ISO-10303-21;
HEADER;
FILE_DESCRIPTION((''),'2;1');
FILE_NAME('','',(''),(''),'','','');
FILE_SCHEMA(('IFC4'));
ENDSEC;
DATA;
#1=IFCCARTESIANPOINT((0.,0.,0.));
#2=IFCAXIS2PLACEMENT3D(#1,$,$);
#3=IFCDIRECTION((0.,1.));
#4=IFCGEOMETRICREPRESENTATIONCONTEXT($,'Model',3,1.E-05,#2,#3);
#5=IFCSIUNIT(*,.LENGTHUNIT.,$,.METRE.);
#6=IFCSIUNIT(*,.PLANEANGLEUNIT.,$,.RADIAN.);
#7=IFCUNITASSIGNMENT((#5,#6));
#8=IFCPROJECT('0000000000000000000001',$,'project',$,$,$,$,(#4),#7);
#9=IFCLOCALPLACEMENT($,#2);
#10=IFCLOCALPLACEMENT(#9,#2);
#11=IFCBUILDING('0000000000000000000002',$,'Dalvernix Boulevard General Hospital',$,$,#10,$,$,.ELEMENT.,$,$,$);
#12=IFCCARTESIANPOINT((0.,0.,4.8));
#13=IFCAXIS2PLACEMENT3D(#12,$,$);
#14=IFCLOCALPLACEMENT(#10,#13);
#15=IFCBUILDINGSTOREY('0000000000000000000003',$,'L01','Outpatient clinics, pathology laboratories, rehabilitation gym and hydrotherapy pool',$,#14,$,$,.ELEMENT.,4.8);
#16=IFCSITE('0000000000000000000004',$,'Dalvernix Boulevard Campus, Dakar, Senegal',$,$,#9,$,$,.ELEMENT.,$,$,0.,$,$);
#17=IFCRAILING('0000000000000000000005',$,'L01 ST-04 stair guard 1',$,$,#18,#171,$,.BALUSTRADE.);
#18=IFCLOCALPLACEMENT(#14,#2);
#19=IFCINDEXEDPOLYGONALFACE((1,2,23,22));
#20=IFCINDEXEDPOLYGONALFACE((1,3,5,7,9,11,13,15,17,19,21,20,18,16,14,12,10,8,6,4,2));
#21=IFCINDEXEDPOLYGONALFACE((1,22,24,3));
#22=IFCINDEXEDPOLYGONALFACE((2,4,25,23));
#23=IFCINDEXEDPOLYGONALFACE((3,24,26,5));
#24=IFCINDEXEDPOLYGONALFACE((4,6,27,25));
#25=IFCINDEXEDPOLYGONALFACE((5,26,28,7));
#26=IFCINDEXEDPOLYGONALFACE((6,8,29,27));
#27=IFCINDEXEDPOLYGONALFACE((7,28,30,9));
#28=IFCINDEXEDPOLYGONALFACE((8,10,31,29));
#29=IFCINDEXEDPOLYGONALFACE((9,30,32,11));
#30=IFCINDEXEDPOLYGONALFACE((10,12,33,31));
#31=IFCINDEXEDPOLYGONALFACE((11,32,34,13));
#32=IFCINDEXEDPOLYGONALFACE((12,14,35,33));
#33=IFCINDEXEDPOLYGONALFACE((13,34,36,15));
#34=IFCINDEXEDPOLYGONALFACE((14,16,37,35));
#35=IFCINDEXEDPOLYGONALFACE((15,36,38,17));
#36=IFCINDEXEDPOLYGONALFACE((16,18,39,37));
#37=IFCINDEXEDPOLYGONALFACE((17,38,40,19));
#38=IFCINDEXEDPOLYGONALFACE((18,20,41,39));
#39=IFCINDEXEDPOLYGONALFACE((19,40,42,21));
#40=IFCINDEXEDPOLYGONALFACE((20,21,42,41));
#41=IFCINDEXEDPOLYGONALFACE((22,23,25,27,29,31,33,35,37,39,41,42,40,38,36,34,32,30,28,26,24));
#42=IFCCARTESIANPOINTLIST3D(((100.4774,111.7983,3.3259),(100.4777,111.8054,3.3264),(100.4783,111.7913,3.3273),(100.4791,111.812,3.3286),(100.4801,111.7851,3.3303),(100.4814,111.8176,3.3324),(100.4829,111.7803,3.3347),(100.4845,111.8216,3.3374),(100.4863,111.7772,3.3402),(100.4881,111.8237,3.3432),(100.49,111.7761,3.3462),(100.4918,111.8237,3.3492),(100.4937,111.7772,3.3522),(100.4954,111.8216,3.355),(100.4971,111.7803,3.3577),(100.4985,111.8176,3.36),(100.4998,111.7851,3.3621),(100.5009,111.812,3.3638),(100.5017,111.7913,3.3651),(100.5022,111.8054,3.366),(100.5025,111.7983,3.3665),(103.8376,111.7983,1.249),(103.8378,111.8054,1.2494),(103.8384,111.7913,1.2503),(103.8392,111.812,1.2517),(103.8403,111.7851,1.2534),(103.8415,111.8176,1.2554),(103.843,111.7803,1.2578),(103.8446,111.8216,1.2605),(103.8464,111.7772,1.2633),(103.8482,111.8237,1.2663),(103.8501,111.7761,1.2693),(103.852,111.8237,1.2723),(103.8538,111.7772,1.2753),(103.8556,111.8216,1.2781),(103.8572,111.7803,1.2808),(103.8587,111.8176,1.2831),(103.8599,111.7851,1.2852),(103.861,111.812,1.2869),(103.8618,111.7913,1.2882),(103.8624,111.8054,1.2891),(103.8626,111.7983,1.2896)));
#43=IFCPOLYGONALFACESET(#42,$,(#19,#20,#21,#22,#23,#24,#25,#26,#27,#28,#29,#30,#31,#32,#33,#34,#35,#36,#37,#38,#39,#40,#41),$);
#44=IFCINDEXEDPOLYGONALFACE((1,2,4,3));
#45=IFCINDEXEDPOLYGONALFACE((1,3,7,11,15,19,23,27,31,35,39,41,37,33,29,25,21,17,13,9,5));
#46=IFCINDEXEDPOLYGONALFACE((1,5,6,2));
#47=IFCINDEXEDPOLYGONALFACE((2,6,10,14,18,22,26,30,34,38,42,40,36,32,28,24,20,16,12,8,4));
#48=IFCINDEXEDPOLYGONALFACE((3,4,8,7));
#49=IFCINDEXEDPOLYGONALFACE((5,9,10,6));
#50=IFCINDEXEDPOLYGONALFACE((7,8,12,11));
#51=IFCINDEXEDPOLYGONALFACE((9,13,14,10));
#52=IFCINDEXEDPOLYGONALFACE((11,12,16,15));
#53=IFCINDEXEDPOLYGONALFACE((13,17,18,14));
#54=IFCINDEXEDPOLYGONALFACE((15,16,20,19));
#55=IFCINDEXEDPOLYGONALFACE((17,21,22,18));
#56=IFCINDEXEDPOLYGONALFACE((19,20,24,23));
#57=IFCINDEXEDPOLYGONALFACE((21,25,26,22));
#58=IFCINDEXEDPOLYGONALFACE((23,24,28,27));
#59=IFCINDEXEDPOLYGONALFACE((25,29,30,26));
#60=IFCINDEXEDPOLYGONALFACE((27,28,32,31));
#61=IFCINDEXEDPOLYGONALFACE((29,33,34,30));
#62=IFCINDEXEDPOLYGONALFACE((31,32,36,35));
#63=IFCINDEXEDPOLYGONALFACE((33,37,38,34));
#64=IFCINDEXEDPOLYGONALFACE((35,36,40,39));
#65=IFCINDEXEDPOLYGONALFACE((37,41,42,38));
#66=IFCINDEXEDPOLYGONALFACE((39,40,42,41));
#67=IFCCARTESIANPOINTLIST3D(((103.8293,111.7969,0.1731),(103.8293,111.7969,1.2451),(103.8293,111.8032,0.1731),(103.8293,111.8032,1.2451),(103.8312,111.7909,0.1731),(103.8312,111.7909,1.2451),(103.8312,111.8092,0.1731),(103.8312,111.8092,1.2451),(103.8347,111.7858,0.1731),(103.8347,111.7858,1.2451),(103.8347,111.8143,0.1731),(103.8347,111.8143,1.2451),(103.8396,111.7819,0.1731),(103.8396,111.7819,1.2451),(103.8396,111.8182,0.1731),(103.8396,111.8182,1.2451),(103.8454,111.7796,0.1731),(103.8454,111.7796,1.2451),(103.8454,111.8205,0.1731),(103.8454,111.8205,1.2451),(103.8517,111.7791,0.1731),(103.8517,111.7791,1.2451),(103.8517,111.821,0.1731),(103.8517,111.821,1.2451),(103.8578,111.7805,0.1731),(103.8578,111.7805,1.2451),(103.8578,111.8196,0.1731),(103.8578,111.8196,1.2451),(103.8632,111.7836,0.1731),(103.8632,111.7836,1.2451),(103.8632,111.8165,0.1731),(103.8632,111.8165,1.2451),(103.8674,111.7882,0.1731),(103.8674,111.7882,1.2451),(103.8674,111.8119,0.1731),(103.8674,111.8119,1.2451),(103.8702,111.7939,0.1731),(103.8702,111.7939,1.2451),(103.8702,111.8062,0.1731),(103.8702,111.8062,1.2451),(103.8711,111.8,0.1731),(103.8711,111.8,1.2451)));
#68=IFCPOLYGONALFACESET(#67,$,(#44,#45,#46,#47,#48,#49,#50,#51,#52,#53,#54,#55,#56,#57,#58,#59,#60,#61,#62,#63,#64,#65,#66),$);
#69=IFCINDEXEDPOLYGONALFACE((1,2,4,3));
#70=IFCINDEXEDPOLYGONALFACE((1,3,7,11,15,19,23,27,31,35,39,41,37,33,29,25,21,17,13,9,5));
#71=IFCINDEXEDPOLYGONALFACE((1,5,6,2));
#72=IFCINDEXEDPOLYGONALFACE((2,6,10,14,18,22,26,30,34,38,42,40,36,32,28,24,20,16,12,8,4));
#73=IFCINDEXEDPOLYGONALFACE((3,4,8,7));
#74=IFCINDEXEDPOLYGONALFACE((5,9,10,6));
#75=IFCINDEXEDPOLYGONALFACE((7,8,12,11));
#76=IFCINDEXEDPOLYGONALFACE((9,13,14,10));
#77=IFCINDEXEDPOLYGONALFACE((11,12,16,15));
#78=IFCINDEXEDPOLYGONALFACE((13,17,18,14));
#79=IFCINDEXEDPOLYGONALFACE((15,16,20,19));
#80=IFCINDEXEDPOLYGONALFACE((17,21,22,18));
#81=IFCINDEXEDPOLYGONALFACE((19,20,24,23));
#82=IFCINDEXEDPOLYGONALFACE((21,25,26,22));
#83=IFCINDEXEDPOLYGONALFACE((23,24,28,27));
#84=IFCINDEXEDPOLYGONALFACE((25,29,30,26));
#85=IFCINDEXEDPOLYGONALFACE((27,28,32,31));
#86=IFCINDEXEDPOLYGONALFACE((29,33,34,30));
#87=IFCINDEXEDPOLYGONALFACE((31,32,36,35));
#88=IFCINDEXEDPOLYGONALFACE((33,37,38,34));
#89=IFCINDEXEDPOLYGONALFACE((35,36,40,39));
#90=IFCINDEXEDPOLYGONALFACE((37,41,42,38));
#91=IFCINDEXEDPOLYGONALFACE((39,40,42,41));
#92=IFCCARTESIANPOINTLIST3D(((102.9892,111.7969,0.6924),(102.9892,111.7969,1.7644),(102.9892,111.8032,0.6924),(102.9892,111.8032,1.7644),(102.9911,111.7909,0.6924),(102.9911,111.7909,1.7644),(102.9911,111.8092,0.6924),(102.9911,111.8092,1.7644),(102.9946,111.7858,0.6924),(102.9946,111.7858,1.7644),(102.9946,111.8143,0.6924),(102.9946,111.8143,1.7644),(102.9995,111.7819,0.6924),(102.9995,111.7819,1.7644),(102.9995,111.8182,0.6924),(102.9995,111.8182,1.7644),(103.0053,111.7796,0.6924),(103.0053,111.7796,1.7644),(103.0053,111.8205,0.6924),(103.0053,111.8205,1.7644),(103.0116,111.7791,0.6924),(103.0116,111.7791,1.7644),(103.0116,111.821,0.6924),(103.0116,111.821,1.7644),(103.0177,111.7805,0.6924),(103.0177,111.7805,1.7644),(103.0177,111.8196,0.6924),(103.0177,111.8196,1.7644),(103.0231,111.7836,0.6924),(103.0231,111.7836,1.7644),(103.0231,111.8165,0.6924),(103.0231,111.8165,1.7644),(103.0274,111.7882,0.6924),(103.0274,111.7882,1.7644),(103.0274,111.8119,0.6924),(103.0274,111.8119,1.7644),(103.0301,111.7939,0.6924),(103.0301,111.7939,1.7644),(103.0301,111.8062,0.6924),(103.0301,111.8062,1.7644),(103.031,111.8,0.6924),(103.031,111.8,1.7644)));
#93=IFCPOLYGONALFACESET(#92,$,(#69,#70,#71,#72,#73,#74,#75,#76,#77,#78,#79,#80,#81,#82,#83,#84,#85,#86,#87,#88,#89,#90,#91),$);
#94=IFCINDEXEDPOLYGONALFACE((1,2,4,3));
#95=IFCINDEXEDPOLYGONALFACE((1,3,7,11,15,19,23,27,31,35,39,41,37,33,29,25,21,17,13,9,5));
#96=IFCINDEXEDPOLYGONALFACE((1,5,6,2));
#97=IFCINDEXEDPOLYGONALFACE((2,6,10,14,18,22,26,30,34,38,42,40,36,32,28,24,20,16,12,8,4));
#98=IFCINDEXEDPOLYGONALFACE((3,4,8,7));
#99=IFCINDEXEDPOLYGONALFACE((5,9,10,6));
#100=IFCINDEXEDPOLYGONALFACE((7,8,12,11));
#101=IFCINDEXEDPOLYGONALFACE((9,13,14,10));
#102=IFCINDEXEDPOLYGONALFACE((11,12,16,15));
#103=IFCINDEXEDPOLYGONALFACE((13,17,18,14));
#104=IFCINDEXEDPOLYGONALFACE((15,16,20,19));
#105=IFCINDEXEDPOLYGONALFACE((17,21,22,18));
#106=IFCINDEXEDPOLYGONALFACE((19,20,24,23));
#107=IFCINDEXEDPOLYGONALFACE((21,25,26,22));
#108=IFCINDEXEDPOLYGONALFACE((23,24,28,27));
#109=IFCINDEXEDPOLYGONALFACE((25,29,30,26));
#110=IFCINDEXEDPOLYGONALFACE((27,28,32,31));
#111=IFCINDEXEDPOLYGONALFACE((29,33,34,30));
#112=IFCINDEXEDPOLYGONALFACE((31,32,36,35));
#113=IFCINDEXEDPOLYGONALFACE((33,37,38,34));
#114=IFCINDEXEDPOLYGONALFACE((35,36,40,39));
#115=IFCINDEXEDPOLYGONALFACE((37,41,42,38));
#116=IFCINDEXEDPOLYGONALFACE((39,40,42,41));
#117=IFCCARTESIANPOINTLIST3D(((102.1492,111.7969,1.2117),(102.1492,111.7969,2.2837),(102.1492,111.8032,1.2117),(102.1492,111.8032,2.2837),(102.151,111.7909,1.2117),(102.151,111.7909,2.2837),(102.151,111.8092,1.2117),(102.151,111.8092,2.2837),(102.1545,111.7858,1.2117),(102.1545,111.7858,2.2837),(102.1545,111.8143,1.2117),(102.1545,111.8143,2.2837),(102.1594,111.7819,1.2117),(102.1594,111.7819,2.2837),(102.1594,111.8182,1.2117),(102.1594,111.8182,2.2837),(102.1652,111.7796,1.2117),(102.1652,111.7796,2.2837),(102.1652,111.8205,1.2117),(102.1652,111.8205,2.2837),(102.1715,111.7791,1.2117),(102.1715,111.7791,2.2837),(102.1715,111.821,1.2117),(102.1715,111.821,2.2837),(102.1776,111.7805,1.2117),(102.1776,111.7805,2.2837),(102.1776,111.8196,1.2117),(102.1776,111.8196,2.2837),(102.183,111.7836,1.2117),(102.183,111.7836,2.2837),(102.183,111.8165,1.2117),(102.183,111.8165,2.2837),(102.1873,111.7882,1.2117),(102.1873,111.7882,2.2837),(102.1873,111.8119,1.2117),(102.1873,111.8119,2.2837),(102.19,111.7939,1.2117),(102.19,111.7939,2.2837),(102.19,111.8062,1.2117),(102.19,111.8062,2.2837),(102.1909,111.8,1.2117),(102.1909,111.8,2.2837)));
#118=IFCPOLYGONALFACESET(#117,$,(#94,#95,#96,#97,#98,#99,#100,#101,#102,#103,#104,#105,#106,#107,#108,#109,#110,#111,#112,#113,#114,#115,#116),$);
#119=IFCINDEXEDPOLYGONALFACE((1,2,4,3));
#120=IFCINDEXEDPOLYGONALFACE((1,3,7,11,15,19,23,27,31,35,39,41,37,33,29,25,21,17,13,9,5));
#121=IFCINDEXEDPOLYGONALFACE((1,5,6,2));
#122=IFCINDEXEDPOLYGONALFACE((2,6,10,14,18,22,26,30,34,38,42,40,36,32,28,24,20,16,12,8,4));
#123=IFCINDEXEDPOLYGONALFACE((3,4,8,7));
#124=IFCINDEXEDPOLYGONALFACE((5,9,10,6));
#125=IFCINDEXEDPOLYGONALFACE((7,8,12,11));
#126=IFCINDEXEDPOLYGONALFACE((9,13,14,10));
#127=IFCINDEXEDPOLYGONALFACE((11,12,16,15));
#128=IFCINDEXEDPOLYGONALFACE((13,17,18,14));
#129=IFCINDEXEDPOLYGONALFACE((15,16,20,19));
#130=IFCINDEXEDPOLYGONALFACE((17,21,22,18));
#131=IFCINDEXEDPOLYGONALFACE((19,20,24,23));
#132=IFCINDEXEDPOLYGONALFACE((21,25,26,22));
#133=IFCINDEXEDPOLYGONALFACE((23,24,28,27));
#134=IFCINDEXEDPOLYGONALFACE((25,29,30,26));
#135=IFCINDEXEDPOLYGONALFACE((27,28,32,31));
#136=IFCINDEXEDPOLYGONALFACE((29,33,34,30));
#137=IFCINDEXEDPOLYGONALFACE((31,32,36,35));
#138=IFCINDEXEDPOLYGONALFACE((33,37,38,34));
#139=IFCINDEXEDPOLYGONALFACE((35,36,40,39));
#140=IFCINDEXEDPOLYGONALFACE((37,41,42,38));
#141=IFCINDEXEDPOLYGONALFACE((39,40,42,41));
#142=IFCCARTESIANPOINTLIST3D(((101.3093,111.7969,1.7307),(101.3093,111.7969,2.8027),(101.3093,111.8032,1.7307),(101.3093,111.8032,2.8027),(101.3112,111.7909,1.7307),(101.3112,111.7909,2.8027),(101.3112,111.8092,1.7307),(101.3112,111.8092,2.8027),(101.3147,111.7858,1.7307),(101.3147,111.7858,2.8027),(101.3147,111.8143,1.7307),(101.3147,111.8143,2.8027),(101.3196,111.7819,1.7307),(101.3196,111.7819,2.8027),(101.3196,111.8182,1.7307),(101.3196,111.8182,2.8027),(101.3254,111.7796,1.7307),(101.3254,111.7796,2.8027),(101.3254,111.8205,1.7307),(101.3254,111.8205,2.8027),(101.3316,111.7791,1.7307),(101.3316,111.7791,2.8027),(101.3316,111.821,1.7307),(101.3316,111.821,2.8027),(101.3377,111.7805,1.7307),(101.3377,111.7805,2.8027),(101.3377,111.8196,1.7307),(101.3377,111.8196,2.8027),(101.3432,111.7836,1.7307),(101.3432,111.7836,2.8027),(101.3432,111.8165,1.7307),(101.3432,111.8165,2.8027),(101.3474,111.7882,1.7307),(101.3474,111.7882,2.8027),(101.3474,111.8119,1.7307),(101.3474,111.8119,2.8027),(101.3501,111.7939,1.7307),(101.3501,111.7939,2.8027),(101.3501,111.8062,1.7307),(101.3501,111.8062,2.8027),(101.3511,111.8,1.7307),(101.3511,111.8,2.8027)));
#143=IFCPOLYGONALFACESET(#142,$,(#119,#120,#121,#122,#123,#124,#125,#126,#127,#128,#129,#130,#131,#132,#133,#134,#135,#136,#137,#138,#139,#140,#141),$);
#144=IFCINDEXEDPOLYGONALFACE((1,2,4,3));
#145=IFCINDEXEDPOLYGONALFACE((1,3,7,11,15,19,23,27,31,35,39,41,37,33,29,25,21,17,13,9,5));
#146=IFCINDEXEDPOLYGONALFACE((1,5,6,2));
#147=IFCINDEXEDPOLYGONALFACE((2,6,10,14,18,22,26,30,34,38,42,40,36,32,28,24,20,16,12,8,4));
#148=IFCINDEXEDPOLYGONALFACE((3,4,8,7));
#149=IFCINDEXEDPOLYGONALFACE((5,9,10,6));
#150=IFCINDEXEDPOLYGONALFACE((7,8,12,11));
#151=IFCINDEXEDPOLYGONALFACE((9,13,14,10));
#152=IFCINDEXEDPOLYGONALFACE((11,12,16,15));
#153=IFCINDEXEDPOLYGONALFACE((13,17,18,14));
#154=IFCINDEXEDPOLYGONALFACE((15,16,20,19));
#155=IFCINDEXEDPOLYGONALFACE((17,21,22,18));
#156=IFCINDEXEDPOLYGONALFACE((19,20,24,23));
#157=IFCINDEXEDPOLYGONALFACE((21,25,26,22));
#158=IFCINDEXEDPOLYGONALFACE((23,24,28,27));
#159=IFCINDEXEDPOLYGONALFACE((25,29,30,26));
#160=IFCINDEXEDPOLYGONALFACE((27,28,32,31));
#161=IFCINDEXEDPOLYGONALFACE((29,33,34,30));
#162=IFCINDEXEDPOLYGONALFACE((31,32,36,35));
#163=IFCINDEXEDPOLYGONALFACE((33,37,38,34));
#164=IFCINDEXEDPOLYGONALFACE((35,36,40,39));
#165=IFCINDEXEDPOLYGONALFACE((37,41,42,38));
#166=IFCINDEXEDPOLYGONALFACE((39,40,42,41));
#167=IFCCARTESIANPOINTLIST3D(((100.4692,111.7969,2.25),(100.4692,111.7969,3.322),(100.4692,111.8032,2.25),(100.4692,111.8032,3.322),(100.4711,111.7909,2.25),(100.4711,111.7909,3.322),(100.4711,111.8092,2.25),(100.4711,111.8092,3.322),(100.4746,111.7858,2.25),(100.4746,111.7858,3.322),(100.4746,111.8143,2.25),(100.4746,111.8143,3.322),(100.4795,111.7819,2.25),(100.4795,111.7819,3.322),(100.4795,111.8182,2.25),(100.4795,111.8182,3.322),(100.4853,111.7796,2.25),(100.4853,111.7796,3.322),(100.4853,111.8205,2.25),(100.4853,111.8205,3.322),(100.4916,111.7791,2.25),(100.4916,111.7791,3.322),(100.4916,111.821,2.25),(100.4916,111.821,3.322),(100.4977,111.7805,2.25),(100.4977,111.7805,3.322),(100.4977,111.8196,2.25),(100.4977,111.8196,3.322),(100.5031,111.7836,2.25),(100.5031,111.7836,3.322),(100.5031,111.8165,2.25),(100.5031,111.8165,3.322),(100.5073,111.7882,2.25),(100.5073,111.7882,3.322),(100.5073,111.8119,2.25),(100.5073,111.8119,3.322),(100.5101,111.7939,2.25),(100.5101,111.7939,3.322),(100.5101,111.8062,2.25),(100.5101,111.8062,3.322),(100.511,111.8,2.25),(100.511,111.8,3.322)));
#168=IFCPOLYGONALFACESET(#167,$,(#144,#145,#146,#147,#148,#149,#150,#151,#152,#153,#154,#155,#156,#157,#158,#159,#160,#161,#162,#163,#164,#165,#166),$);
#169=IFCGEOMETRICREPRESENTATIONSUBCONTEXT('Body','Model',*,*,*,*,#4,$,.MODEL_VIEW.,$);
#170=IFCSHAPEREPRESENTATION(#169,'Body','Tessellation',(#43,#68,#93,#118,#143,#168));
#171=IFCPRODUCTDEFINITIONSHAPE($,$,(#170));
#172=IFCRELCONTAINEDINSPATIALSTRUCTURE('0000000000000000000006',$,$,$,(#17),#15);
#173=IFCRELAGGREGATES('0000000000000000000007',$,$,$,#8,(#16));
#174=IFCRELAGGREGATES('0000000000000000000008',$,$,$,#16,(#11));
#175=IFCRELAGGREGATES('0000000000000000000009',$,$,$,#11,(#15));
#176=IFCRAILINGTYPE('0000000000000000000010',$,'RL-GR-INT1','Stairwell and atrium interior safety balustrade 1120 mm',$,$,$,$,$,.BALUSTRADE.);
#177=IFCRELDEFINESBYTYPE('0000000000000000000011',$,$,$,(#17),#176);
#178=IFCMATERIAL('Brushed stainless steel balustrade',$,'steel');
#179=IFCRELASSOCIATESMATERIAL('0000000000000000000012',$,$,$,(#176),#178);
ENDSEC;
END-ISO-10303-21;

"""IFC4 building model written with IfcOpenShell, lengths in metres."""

from ifc_helpers import new_model, si_unit, direction, frame, origin, origin_2d, place, context, subcontext, project, spatial, circle, extrude, material, type_object, element, save


model = new_model("IFC4")

# Units and contexts
model_context = context("Model", 3, precision=1e-05, world=origin(), true_north=direction((0.0, 1.0)))
body_context = subcontext(model_context, "Body", "Model", "MODEL_VIEW")
ifc_project = project(units=[si_unit("LENGTHUNIT", "METRE"), si_unit("PLANEANGLEUNIT", "RADIAN")], contexts=[model_context])

# Site, building, storey
site_placement = place(None, origin())
site = spatial("IfcSite", under=ifc_project, at=site_placement, Name="Dalvernix Boulevard Campus, Dakar, Senegal", CompositionType="ELEMENT", RefElevation=0.0)
building_placement = place(site_placement, origin())
building = spatial("IfcBuilding", under=site, at=building_placement, Name="Dalvernix Boulevard General Hospital", CompositionType="ELEMENT")
storey_placement = place(building_placement, frame((0.0, 0.0, 4.8)))
storey = spatial("IfcBuildingStorey", under=building, at=storey_placement, Name="L01", Description="Outpatient clinics, pathology laboratories, rehabilitation gym and hydrotherapy pool", CompositionType="ELEMENT", Elevation=4.8)

# Railing
ifc_material_1 = material(Name="Brushed stainless steel balustrade", Category="steel")
railing_type_1 = type_object("IfcRailingType", Name="RL-GR-INT1", Description="Stairwell and atrium interior safety balustrade 1120 mm", PredefinedType="BALUSTRADE", material=ifc_material_1)
railing_1_placement = place(storey_placement, frame((103.8501, 111.8, 0.1731)))
element("IfcRailing", 1, at=railing_1_placement, inside=storey, type_object=railing_type_1, Name="L01 ST-04 stair guard 1", PredefinedType="BALUSTRADE", context=body_context, shape_type="SweptSolid", body=[
    extrude(circle(Radius=0.0239, at=origin_2d()), frame((0.0, 0.0, 1.0962), z_axis=(-0.850623, 0.0, 0.525776), x_axis=(0.0, -1.0, 0.0)), (0.0, 0.0, 1.0), 3.9502),
    extrude(circle(Radius=0.021, at=origin_2d()), origin(), (0.0, 0.0, 1.0), 1.072),
    extrude(circle(Radius=0.021, at=origin_2d()), frame((-0.8401, 0.0, 0.5193)), (0.0, 0.0, 1.0), 1.072),
    extrude(circle(Radius=0.021, at=origin_2d()), frame((-1.6802, 0.0, 1.0386)), (0.0, 0.0, 1.0), 1.072),
    extrude(circle(Radius=0.021, at=origin_2d()), frame((-2.52, 0.0, 1.5576)), (0.0, 0.0, 1.0), 1.072),
    extrude(circle(Radius=0.021, at=origin_2d()), frame((-3.3601, 0.0, 2.0769)), (0.0, 0.0, 1.0), 1.072),
])

save(model, "model.ifc")
